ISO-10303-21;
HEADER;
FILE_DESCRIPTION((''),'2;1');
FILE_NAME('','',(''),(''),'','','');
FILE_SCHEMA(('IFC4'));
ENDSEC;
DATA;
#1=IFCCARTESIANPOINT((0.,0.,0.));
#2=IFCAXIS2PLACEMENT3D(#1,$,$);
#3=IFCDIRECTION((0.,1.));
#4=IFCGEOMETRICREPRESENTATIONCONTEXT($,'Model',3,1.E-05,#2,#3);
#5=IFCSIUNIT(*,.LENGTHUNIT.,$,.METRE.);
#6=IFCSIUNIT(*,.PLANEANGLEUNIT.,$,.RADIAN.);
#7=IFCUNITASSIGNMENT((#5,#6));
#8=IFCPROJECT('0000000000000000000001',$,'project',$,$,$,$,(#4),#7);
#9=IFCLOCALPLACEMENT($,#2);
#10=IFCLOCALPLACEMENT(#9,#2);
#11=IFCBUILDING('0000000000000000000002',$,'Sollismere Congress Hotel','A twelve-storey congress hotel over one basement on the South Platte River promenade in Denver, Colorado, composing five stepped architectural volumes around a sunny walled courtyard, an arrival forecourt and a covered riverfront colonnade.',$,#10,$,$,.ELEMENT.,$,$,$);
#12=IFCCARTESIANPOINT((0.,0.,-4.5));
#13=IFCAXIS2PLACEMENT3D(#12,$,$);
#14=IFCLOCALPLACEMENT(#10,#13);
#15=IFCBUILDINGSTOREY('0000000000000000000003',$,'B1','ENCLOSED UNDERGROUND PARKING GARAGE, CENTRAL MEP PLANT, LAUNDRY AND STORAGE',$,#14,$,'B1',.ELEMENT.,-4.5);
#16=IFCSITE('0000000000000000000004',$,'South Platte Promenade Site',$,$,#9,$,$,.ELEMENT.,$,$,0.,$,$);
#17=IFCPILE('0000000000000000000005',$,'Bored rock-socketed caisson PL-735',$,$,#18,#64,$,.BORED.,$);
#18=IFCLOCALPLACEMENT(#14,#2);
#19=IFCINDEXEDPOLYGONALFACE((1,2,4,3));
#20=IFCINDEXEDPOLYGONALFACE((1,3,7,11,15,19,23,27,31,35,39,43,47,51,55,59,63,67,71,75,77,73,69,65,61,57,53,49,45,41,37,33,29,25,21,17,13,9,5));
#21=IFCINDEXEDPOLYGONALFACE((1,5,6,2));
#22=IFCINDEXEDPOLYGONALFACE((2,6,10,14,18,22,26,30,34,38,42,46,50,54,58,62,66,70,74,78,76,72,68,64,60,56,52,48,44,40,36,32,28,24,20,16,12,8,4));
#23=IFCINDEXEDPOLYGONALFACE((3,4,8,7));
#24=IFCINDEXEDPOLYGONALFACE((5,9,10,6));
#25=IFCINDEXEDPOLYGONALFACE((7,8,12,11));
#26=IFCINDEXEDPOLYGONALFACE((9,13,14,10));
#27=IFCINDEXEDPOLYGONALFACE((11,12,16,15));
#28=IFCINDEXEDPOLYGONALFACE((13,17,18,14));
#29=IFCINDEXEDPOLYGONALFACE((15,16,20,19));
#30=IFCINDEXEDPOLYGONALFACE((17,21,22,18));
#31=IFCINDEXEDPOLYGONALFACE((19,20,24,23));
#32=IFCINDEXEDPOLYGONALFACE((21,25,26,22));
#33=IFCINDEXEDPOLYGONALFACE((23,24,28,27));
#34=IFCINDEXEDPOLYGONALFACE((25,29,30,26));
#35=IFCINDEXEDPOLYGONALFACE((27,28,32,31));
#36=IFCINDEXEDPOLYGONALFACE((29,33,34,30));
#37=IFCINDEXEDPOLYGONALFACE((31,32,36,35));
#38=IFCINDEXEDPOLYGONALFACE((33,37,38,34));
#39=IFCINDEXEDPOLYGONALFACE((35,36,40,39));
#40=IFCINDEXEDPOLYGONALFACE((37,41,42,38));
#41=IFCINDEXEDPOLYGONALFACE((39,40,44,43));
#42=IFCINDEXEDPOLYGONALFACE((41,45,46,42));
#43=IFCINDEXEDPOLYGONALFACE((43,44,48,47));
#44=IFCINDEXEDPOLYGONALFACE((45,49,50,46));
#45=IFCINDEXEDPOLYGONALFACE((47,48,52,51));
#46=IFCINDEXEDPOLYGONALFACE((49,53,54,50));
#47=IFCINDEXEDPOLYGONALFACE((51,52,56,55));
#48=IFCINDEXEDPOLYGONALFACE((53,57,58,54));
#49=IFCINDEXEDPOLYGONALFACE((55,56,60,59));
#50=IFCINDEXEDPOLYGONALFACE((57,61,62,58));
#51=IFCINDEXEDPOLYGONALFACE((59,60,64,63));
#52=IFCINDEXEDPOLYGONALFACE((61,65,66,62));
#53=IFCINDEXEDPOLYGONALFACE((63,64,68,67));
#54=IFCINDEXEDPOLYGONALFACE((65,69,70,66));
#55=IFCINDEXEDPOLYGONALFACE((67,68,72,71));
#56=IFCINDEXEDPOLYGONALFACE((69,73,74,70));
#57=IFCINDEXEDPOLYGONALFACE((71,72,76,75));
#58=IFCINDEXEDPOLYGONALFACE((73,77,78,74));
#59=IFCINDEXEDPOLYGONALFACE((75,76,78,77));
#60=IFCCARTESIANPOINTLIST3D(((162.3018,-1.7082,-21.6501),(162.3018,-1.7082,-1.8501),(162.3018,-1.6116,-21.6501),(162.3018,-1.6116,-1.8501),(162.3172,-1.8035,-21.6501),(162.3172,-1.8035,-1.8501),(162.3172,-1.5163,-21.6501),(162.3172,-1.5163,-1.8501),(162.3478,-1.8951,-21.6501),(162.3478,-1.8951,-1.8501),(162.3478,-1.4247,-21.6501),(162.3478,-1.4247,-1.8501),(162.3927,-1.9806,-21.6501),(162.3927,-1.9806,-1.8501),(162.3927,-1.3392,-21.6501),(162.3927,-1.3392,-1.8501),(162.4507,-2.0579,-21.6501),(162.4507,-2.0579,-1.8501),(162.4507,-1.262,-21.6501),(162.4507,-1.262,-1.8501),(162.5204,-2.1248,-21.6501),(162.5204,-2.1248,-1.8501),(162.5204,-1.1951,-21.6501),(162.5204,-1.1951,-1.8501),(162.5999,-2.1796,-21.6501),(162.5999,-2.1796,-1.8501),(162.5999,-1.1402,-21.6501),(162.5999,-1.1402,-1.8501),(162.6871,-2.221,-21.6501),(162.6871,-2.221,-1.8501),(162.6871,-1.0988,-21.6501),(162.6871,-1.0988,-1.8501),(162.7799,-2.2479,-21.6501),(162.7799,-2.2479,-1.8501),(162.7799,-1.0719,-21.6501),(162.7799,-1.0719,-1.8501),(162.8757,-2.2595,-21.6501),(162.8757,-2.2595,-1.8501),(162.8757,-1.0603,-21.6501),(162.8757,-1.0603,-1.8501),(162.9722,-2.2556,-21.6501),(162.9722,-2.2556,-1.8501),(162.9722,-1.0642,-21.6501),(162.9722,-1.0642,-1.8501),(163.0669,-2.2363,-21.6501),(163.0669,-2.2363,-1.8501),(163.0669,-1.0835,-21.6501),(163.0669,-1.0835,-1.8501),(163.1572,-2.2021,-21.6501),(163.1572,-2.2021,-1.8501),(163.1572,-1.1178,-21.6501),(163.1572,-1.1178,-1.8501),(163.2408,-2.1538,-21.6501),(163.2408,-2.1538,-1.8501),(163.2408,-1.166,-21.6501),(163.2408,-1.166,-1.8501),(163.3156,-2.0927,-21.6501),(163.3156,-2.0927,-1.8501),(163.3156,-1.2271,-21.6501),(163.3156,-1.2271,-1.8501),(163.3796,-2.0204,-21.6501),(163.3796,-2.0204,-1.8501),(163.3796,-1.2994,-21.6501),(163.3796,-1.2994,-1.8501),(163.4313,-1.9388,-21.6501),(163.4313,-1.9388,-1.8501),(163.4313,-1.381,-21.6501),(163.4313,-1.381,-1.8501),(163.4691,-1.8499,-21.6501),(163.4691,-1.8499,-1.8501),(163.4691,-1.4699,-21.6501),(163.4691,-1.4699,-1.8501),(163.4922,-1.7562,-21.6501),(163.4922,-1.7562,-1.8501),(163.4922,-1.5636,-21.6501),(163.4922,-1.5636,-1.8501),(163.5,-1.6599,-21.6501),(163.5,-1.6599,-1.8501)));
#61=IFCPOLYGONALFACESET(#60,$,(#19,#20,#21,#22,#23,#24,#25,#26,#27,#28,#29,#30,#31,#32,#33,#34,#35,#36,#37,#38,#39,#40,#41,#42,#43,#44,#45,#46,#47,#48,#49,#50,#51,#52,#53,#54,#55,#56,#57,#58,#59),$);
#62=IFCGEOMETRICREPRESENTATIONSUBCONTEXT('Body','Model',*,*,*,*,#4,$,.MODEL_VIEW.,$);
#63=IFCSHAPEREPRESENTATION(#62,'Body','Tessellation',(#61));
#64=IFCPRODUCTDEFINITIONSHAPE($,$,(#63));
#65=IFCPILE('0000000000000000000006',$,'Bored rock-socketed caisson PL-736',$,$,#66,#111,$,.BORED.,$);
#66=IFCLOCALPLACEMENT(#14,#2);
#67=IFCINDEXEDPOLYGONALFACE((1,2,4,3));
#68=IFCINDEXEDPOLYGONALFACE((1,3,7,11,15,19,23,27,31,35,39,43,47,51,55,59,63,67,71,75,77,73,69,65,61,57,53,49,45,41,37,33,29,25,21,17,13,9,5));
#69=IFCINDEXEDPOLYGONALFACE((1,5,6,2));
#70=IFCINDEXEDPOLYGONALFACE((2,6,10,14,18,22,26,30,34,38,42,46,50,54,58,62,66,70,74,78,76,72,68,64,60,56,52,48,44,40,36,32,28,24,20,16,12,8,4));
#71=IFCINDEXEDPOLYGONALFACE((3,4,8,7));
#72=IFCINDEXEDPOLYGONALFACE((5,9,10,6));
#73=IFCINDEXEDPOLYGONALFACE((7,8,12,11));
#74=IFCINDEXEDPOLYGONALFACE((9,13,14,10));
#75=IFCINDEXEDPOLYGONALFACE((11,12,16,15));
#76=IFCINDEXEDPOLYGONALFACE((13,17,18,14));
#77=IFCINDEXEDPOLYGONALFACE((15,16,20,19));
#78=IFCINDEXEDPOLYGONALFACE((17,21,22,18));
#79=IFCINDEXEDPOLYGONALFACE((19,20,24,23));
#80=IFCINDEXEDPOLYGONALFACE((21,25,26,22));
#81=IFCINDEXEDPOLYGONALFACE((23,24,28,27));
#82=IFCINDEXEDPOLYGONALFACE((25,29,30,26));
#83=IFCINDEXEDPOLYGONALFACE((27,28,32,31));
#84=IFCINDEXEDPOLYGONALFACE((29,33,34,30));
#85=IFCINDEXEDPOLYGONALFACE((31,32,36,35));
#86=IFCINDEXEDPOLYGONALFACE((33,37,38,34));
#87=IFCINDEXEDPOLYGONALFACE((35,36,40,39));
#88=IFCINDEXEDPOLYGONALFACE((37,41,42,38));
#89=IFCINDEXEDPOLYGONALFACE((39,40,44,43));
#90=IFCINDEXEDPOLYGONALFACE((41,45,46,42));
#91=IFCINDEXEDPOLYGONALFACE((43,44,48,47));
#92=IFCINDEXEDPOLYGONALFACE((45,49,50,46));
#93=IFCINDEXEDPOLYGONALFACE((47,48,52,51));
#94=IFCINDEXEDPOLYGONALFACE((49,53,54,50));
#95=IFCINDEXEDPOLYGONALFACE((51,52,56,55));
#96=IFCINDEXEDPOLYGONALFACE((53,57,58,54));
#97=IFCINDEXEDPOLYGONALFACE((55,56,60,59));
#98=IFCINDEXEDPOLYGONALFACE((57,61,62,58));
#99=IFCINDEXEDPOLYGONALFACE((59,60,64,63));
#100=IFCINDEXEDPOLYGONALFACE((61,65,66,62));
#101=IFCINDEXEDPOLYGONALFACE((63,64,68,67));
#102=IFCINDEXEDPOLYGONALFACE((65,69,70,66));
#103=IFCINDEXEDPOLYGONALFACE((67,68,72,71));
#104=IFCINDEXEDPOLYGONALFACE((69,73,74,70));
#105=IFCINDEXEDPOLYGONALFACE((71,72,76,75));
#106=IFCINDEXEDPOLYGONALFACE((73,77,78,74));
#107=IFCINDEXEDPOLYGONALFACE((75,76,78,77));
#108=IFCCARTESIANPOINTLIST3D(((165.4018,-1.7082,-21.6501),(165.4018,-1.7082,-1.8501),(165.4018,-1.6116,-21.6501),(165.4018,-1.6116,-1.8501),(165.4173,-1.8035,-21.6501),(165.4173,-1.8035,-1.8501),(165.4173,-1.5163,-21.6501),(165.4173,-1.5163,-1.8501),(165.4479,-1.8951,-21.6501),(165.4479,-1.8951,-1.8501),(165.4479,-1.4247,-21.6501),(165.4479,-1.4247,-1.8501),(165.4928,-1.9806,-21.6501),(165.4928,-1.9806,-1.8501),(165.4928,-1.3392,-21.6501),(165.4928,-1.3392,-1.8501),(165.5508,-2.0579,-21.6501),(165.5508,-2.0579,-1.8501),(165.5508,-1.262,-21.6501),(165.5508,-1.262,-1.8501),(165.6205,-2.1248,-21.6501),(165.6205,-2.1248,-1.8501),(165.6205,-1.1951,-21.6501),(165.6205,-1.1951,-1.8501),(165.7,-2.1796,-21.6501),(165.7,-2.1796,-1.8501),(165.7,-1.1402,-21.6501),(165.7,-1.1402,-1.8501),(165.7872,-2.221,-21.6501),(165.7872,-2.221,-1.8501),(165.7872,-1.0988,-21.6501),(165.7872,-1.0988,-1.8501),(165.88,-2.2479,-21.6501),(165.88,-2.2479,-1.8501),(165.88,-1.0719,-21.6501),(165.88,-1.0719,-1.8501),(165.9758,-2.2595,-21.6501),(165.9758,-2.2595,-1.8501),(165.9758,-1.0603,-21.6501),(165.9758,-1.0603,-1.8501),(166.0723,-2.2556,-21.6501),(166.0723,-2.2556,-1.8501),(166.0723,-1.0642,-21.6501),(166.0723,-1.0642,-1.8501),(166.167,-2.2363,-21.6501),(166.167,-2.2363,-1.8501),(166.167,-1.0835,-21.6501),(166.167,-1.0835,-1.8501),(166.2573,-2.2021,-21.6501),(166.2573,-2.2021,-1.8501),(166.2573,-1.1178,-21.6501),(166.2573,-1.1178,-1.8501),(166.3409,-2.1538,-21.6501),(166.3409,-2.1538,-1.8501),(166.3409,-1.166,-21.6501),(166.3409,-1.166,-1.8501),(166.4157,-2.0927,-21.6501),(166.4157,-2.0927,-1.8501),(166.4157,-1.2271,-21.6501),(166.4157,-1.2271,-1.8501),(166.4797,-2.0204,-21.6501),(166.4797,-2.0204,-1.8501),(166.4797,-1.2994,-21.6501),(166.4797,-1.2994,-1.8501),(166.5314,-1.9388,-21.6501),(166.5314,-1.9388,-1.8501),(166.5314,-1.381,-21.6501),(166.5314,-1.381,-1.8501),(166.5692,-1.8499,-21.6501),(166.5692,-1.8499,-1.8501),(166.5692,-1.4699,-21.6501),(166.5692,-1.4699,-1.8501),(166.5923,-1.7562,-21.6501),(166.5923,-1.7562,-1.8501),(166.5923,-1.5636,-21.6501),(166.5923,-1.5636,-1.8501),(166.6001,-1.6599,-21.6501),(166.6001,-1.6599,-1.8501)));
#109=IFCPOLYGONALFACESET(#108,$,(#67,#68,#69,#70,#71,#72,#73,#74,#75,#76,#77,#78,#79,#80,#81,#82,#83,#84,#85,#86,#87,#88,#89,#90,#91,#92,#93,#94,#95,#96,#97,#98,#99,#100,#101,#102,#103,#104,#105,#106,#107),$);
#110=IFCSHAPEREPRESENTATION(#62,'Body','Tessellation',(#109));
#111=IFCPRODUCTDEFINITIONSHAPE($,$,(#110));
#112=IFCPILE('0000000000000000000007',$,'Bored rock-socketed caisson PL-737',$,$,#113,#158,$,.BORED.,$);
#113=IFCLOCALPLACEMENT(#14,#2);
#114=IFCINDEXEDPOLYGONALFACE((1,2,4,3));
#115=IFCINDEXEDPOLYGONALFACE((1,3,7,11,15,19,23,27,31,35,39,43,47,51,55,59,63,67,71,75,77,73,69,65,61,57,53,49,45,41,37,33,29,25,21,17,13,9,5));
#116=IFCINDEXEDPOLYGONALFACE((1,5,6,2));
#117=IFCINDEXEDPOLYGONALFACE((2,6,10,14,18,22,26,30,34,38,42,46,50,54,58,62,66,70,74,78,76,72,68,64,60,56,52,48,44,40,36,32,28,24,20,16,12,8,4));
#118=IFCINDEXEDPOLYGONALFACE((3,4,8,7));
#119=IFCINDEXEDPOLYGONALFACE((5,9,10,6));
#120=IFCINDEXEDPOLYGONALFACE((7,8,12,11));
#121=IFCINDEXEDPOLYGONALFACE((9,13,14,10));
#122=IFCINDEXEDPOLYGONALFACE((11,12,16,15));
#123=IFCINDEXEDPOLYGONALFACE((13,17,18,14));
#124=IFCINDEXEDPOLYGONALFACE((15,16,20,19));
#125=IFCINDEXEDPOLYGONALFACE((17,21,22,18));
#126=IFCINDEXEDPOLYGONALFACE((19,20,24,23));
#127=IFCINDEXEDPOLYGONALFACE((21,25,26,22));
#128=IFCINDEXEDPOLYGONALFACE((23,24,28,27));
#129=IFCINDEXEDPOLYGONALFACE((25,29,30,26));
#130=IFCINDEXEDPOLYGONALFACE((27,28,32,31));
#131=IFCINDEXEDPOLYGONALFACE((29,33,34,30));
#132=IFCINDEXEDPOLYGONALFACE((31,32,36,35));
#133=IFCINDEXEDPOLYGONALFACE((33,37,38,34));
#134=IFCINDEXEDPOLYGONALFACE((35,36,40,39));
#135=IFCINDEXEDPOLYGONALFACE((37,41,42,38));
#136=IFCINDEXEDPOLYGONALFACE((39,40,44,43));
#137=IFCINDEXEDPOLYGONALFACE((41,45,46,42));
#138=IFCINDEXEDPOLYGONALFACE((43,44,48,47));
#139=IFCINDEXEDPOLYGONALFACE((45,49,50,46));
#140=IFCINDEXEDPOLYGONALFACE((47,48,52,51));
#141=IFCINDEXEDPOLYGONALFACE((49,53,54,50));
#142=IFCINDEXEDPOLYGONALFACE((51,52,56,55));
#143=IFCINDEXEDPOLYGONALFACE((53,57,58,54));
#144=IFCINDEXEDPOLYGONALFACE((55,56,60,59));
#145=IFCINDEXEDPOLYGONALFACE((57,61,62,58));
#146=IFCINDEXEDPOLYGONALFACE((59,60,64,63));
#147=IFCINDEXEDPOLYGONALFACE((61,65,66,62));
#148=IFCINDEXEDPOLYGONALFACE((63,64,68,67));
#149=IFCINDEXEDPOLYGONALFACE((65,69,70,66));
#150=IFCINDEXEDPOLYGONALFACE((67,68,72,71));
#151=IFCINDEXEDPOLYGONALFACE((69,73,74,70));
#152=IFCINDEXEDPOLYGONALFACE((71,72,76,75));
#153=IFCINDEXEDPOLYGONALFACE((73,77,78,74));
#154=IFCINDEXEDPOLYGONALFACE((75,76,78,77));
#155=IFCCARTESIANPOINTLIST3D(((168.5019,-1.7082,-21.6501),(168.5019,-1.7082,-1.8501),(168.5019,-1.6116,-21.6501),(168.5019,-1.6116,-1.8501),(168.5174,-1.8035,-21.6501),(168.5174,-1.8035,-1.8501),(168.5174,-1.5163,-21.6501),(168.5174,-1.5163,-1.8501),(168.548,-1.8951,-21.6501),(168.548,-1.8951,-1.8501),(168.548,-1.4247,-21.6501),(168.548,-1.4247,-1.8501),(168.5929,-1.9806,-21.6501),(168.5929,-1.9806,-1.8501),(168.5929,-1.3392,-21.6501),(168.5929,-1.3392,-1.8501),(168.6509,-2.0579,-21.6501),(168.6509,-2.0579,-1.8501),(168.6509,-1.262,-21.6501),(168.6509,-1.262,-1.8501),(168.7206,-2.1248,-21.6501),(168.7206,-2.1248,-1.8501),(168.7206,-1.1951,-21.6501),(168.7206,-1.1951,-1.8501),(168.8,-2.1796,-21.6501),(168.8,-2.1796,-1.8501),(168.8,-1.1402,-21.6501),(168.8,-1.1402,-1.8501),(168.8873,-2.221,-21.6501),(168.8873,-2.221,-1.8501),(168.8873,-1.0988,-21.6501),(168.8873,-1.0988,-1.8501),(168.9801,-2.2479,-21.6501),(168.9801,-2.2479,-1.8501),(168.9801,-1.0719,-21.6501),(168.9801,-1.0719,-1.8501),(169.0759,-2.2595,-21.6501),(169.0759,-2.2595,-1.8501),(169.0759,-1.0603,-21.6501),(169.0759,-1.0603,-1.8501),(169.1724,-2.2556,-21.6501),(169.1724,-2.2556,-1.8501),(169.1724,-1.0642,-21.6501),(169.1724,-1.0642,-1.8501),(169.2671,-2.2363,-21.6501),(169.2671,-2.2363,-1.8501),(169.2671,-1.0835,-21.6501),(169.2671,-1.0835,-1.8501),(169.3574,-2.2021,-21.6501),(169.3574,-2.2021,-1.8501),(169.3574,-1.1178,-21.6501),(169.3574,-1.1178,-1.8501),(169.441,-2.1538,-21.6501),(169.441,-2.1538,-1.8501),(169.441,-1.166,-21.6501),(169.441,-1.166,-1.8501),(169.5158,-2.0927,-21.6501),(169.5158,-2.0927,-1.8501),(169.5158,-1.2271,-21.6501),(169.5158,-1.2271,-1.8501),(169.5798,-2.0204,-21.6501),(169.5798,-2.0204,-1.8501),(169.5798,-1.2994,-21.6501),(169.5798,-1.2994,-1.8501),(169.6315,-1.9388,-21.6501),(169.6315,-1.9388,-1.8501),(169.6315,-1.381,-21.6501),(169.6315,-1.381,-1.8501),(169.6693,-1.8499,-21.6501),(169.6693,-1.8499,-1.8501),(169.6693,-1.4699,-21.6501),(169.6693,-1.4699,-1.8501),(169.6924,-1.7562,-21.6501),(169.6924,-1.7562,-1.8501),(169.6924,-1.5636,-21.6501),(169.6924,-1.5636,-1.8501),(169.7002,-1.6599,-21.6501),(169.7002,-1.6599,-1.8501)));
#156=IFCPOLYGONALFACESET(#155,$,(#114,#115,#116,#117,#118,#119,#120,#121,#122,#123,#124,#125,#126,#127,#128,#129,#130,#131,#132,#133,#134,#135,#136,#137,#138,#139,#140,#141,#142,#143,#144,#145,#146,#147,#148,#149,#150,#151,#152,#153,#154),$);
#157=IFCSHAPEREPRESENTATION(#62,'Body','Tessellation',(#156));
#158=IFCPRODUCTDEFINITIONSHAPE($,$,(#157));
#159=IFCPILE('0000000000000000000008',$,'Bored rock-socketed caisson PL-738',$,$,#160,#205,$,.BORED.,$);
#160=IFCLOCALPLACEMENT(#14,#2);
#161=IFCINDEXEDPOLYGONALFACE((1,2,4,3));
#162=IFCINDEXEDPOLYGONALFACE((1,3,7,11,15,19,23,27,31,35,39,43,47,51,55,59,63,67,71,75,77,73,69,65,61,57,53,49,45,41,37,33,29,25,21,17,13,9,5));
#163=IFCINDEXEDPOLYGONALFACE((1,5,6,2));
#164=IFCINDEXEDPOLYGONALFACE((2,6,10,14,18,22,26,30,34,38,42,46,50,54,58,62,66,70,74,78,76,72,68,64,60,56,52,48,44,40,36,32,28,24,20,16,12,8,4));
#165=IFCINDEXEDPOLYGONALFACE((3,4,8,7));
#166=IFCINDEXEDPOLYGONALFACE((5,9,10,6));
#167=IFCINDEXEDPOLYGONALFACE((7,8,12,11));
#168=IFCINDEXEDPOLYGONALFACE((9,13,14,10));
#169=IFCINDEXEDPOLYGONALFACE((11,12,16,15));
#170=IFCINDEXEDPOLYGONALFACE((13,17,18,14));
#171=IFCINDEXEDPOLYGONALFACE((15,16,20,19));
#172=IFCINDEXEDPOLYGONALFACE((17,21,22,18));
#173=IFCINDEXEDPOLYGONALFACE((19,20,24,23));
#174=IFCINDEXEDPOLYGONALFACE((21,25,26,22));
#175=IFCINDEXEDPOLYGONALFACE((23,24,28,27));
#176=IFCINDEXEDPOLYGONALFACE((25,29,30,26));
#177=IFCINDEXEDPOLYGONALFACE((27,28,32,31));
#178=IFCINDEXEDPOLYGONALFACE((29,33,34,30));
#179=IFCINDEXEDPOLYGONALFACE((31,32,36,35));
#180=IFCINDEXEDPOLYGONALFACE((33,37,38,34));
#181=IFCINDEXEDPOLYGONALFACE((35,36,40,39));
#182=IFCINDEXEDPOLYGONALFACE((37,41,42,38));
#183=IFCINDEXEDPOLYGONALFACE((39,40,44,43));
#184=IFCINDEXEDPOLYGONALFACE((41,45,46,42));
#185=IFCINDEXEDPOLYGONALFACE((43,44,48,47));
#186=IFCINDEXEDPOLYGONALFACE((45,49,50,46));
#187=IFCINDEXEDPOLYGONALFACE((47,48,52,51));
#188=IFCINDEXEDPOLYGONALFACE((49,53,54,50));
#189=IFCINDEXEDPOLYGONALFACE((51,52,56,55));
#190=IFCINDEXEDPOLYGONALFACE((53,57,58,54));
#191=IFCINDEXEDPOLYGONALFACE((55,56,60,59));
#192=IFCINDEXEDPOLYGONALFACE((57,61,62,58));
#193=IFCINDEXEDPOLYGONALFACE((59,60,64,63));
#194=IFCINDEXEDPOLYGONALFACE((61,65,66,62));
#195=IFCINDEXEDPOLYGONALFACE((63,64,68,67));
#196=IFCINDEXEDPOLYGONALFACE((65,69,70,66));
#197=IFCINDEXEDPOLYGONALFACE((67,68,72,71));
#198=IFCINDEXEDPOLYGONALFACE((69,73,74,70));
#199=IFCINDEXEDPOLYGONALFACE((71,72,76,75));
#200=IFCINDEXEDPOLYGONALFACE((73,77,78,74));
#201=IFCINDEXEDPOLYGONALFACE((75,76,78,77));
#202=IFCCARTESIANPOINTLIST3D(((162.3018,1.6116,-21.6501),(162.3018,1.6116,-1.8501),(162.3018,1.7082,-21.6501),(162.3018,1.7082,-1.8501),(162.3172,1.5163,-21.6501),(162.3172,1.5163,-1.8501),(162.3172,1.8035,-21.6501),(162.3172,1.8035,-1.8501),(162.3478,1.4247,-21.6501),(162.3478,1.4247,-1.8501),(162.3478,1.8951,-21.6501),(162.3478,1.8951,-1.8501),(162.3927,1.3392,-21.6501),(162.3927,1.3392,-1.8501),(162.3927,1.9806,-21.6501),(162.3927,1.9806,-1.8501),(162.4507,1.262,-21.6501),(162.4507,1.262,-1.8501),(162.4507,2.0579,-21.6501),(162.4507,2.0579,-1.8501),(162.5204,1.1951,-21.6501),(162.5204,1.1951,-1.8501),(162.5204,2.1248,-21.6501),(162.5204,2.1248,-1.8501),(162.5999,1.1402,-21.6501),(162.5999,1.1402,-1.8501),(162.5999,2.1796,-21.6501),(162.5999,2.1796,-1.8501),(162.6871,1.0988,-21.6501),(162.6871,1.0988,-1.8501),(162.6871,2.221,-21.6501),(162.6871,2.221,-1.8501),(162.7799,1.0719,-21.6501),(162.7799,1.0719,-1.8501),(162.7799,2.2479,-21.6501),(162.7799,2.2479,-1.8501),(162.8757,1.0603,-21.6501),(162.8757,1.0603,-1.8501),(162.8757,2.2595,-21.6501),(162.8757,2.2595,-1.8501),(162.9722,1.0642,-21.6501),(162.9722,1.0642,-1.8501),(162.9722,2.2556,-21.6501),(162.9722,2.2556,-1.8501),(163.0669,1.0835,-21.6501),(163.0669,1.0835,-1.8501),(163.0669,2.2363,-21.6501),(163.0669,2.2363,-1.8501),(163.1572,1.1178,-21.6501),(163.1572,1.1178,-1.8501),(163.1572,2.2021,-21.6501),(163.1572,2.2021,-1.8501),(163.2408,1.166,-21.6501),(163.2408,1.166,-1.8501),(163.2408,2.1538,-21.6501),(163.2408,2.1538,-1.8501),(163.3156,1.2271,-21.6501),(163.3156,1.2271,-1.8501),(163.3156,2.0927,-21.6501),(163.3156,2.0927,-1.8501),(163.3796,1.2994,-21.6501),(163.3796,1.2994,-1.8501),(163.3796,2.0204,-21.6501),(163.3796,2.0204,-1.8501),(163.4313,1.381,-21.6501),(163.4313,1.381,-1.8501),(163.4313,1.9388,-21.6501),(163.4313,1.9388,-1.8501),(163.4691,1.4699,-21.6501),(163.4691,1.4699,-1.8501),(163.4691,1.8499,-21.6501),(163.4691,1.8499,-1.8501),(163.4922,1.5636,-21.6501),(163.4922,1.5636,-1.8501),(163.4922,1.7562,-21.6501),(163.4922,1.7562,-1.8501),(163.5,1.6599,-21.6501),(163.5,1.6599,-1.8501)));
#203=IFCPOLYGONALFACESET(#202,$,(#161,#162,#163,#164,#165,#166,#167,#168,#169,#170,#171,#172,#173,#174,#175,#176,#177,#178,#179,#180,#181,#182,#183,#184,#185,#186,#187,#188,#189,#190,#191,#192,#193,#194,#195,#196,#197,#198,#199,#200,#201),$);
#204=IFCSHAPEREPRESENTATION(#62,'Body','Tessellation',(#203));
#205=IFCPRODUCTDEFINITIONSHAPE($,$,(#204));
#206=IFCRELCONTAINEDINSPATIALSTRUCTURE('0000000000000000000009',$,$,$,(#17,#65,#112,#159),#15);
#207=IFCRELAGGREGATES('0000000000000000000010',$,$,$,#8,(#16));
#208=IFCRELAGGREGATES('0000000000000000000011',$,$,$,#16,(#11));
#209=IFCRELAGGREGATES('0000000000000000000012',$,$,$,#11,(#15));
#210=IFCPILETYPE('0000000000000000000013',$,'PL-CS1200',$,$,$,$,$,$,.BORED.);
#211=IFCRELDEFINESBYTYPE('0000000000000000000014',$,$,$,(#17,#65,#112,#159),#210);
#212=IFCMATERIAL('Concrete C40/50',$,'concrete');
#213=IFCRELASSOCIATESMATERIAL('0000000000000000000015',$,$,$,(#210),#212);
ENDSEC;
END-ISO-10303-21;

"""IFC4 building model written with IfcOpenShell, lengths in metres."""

from ifc_helpers import new_model, si_unit, direction, frame, origin, origin_2d, place, context, subcontext, project, spatial, circle, extrude, material, material_profile, profile_set, type_object, element, save


model = new_model("IFC4")

# Units and contexts
model_context = context("Model", 3, precision=1e-05, world=origin(), true_north=direction((0.0, 1.0)))
body_context = subcontext(model_context, "Body", "Model", "MODEL_VIEW")
ifc_project = project(units=[si_unit("LENGTHUNIT", "METRE"), si_unit("PLANEANGLEUNIT", "RADIAN")], contexts=[model_context])

# Site, building, storey
site_placement = place(None, origin())
site = spatial("IfcSite", under=ifc_project, at=site_placement, Name="South Platte Promenade Site", CompositionType="ELEMENT", RefElevation=0.0)
building_placement = place(site_placement, origin())
building = spatial("IfcBuilding", under=site, at=building_placement, Name="Sollismere Congress Hotel", Description="A twelve-storey congress hotel over one basement on the South Platte River promenade in Denver, Colorado, composing five stepped architectural volumes around a sunny walled courtyard, an arrival forecourt and a covered riverfront colonnade.", CompositionType="ELEMENT")
storey_placement = place(building_placement, frame((0.0, 0.0, -4.5)))
storey = spatial("IfcBuildingStorey", under=building, at=storey_placement, Name="B1", Description="ENCLOSED UNDERGROUND PARKING GARAGE, CENTRAL MEP PLANT, LAUNDRY AND STORAGE", LongName="B1", CompositionType="ELEMENT", Elevation=-4.5)

# Shared definitions
ifc_material_1 = material(Name="Concrete C40/50", Category="concrete")

# Piles
ifc_material_profile_1 = material_profile(ifc_material_1, circle(Radius=0.6001, at=origin_2d()), Name="CAISSON1200")
ifc_profile_set_1 = profile_set([ifc_material_profile_1], Name="Concrete C40/50")
pile_type = type_object("IfcPileType", Name="PL-CS1200", PredefinedType="BORED", material=ifc_profile_set_1)
for number, where, z_axis, x_axis, name in (
    (1, (162.8999, -1.6599, -1.8501), (0.0, 0.0, -1.0), (1.0, 0.0, 0.0), "Bored rock-socketed caisson PL-735"),
    (2, (166.0, -1.6599, -1.8501), (0.0, 0.0, -1.0), (1.0, 0.0, 0.0), "Bored rock-socketed caisson PL-736"),
    (3, (169.1001, -1.6599, -1.8501), (0.0, 0.0, -1.0), (1.0, 0.0, 0.0), "Bored rock-socketed caisson PL-737"),
    (4, (162.8999, 1.6599, -1.8501), (0.0, 0.0, -1.0), (1.0, 0.0, 0.0), "Bored rock-socketed caisson PL-738"),
):
    element("IfcPile", number, at=place(storey_placement, frame(where, z_axis=z_axis, x_axis=x_axis)), inside=storey, type_object=pile_type, Name=name, PredefinedType="BORED", context=body_context, shape_type="SweptSolid", body=[
        extrude(circle(Radius=0.6001, at=origin_2d()), origin(), (0.0, 0.0, 1.0), 19.8),
    ])

save(model, "model.ifc")
